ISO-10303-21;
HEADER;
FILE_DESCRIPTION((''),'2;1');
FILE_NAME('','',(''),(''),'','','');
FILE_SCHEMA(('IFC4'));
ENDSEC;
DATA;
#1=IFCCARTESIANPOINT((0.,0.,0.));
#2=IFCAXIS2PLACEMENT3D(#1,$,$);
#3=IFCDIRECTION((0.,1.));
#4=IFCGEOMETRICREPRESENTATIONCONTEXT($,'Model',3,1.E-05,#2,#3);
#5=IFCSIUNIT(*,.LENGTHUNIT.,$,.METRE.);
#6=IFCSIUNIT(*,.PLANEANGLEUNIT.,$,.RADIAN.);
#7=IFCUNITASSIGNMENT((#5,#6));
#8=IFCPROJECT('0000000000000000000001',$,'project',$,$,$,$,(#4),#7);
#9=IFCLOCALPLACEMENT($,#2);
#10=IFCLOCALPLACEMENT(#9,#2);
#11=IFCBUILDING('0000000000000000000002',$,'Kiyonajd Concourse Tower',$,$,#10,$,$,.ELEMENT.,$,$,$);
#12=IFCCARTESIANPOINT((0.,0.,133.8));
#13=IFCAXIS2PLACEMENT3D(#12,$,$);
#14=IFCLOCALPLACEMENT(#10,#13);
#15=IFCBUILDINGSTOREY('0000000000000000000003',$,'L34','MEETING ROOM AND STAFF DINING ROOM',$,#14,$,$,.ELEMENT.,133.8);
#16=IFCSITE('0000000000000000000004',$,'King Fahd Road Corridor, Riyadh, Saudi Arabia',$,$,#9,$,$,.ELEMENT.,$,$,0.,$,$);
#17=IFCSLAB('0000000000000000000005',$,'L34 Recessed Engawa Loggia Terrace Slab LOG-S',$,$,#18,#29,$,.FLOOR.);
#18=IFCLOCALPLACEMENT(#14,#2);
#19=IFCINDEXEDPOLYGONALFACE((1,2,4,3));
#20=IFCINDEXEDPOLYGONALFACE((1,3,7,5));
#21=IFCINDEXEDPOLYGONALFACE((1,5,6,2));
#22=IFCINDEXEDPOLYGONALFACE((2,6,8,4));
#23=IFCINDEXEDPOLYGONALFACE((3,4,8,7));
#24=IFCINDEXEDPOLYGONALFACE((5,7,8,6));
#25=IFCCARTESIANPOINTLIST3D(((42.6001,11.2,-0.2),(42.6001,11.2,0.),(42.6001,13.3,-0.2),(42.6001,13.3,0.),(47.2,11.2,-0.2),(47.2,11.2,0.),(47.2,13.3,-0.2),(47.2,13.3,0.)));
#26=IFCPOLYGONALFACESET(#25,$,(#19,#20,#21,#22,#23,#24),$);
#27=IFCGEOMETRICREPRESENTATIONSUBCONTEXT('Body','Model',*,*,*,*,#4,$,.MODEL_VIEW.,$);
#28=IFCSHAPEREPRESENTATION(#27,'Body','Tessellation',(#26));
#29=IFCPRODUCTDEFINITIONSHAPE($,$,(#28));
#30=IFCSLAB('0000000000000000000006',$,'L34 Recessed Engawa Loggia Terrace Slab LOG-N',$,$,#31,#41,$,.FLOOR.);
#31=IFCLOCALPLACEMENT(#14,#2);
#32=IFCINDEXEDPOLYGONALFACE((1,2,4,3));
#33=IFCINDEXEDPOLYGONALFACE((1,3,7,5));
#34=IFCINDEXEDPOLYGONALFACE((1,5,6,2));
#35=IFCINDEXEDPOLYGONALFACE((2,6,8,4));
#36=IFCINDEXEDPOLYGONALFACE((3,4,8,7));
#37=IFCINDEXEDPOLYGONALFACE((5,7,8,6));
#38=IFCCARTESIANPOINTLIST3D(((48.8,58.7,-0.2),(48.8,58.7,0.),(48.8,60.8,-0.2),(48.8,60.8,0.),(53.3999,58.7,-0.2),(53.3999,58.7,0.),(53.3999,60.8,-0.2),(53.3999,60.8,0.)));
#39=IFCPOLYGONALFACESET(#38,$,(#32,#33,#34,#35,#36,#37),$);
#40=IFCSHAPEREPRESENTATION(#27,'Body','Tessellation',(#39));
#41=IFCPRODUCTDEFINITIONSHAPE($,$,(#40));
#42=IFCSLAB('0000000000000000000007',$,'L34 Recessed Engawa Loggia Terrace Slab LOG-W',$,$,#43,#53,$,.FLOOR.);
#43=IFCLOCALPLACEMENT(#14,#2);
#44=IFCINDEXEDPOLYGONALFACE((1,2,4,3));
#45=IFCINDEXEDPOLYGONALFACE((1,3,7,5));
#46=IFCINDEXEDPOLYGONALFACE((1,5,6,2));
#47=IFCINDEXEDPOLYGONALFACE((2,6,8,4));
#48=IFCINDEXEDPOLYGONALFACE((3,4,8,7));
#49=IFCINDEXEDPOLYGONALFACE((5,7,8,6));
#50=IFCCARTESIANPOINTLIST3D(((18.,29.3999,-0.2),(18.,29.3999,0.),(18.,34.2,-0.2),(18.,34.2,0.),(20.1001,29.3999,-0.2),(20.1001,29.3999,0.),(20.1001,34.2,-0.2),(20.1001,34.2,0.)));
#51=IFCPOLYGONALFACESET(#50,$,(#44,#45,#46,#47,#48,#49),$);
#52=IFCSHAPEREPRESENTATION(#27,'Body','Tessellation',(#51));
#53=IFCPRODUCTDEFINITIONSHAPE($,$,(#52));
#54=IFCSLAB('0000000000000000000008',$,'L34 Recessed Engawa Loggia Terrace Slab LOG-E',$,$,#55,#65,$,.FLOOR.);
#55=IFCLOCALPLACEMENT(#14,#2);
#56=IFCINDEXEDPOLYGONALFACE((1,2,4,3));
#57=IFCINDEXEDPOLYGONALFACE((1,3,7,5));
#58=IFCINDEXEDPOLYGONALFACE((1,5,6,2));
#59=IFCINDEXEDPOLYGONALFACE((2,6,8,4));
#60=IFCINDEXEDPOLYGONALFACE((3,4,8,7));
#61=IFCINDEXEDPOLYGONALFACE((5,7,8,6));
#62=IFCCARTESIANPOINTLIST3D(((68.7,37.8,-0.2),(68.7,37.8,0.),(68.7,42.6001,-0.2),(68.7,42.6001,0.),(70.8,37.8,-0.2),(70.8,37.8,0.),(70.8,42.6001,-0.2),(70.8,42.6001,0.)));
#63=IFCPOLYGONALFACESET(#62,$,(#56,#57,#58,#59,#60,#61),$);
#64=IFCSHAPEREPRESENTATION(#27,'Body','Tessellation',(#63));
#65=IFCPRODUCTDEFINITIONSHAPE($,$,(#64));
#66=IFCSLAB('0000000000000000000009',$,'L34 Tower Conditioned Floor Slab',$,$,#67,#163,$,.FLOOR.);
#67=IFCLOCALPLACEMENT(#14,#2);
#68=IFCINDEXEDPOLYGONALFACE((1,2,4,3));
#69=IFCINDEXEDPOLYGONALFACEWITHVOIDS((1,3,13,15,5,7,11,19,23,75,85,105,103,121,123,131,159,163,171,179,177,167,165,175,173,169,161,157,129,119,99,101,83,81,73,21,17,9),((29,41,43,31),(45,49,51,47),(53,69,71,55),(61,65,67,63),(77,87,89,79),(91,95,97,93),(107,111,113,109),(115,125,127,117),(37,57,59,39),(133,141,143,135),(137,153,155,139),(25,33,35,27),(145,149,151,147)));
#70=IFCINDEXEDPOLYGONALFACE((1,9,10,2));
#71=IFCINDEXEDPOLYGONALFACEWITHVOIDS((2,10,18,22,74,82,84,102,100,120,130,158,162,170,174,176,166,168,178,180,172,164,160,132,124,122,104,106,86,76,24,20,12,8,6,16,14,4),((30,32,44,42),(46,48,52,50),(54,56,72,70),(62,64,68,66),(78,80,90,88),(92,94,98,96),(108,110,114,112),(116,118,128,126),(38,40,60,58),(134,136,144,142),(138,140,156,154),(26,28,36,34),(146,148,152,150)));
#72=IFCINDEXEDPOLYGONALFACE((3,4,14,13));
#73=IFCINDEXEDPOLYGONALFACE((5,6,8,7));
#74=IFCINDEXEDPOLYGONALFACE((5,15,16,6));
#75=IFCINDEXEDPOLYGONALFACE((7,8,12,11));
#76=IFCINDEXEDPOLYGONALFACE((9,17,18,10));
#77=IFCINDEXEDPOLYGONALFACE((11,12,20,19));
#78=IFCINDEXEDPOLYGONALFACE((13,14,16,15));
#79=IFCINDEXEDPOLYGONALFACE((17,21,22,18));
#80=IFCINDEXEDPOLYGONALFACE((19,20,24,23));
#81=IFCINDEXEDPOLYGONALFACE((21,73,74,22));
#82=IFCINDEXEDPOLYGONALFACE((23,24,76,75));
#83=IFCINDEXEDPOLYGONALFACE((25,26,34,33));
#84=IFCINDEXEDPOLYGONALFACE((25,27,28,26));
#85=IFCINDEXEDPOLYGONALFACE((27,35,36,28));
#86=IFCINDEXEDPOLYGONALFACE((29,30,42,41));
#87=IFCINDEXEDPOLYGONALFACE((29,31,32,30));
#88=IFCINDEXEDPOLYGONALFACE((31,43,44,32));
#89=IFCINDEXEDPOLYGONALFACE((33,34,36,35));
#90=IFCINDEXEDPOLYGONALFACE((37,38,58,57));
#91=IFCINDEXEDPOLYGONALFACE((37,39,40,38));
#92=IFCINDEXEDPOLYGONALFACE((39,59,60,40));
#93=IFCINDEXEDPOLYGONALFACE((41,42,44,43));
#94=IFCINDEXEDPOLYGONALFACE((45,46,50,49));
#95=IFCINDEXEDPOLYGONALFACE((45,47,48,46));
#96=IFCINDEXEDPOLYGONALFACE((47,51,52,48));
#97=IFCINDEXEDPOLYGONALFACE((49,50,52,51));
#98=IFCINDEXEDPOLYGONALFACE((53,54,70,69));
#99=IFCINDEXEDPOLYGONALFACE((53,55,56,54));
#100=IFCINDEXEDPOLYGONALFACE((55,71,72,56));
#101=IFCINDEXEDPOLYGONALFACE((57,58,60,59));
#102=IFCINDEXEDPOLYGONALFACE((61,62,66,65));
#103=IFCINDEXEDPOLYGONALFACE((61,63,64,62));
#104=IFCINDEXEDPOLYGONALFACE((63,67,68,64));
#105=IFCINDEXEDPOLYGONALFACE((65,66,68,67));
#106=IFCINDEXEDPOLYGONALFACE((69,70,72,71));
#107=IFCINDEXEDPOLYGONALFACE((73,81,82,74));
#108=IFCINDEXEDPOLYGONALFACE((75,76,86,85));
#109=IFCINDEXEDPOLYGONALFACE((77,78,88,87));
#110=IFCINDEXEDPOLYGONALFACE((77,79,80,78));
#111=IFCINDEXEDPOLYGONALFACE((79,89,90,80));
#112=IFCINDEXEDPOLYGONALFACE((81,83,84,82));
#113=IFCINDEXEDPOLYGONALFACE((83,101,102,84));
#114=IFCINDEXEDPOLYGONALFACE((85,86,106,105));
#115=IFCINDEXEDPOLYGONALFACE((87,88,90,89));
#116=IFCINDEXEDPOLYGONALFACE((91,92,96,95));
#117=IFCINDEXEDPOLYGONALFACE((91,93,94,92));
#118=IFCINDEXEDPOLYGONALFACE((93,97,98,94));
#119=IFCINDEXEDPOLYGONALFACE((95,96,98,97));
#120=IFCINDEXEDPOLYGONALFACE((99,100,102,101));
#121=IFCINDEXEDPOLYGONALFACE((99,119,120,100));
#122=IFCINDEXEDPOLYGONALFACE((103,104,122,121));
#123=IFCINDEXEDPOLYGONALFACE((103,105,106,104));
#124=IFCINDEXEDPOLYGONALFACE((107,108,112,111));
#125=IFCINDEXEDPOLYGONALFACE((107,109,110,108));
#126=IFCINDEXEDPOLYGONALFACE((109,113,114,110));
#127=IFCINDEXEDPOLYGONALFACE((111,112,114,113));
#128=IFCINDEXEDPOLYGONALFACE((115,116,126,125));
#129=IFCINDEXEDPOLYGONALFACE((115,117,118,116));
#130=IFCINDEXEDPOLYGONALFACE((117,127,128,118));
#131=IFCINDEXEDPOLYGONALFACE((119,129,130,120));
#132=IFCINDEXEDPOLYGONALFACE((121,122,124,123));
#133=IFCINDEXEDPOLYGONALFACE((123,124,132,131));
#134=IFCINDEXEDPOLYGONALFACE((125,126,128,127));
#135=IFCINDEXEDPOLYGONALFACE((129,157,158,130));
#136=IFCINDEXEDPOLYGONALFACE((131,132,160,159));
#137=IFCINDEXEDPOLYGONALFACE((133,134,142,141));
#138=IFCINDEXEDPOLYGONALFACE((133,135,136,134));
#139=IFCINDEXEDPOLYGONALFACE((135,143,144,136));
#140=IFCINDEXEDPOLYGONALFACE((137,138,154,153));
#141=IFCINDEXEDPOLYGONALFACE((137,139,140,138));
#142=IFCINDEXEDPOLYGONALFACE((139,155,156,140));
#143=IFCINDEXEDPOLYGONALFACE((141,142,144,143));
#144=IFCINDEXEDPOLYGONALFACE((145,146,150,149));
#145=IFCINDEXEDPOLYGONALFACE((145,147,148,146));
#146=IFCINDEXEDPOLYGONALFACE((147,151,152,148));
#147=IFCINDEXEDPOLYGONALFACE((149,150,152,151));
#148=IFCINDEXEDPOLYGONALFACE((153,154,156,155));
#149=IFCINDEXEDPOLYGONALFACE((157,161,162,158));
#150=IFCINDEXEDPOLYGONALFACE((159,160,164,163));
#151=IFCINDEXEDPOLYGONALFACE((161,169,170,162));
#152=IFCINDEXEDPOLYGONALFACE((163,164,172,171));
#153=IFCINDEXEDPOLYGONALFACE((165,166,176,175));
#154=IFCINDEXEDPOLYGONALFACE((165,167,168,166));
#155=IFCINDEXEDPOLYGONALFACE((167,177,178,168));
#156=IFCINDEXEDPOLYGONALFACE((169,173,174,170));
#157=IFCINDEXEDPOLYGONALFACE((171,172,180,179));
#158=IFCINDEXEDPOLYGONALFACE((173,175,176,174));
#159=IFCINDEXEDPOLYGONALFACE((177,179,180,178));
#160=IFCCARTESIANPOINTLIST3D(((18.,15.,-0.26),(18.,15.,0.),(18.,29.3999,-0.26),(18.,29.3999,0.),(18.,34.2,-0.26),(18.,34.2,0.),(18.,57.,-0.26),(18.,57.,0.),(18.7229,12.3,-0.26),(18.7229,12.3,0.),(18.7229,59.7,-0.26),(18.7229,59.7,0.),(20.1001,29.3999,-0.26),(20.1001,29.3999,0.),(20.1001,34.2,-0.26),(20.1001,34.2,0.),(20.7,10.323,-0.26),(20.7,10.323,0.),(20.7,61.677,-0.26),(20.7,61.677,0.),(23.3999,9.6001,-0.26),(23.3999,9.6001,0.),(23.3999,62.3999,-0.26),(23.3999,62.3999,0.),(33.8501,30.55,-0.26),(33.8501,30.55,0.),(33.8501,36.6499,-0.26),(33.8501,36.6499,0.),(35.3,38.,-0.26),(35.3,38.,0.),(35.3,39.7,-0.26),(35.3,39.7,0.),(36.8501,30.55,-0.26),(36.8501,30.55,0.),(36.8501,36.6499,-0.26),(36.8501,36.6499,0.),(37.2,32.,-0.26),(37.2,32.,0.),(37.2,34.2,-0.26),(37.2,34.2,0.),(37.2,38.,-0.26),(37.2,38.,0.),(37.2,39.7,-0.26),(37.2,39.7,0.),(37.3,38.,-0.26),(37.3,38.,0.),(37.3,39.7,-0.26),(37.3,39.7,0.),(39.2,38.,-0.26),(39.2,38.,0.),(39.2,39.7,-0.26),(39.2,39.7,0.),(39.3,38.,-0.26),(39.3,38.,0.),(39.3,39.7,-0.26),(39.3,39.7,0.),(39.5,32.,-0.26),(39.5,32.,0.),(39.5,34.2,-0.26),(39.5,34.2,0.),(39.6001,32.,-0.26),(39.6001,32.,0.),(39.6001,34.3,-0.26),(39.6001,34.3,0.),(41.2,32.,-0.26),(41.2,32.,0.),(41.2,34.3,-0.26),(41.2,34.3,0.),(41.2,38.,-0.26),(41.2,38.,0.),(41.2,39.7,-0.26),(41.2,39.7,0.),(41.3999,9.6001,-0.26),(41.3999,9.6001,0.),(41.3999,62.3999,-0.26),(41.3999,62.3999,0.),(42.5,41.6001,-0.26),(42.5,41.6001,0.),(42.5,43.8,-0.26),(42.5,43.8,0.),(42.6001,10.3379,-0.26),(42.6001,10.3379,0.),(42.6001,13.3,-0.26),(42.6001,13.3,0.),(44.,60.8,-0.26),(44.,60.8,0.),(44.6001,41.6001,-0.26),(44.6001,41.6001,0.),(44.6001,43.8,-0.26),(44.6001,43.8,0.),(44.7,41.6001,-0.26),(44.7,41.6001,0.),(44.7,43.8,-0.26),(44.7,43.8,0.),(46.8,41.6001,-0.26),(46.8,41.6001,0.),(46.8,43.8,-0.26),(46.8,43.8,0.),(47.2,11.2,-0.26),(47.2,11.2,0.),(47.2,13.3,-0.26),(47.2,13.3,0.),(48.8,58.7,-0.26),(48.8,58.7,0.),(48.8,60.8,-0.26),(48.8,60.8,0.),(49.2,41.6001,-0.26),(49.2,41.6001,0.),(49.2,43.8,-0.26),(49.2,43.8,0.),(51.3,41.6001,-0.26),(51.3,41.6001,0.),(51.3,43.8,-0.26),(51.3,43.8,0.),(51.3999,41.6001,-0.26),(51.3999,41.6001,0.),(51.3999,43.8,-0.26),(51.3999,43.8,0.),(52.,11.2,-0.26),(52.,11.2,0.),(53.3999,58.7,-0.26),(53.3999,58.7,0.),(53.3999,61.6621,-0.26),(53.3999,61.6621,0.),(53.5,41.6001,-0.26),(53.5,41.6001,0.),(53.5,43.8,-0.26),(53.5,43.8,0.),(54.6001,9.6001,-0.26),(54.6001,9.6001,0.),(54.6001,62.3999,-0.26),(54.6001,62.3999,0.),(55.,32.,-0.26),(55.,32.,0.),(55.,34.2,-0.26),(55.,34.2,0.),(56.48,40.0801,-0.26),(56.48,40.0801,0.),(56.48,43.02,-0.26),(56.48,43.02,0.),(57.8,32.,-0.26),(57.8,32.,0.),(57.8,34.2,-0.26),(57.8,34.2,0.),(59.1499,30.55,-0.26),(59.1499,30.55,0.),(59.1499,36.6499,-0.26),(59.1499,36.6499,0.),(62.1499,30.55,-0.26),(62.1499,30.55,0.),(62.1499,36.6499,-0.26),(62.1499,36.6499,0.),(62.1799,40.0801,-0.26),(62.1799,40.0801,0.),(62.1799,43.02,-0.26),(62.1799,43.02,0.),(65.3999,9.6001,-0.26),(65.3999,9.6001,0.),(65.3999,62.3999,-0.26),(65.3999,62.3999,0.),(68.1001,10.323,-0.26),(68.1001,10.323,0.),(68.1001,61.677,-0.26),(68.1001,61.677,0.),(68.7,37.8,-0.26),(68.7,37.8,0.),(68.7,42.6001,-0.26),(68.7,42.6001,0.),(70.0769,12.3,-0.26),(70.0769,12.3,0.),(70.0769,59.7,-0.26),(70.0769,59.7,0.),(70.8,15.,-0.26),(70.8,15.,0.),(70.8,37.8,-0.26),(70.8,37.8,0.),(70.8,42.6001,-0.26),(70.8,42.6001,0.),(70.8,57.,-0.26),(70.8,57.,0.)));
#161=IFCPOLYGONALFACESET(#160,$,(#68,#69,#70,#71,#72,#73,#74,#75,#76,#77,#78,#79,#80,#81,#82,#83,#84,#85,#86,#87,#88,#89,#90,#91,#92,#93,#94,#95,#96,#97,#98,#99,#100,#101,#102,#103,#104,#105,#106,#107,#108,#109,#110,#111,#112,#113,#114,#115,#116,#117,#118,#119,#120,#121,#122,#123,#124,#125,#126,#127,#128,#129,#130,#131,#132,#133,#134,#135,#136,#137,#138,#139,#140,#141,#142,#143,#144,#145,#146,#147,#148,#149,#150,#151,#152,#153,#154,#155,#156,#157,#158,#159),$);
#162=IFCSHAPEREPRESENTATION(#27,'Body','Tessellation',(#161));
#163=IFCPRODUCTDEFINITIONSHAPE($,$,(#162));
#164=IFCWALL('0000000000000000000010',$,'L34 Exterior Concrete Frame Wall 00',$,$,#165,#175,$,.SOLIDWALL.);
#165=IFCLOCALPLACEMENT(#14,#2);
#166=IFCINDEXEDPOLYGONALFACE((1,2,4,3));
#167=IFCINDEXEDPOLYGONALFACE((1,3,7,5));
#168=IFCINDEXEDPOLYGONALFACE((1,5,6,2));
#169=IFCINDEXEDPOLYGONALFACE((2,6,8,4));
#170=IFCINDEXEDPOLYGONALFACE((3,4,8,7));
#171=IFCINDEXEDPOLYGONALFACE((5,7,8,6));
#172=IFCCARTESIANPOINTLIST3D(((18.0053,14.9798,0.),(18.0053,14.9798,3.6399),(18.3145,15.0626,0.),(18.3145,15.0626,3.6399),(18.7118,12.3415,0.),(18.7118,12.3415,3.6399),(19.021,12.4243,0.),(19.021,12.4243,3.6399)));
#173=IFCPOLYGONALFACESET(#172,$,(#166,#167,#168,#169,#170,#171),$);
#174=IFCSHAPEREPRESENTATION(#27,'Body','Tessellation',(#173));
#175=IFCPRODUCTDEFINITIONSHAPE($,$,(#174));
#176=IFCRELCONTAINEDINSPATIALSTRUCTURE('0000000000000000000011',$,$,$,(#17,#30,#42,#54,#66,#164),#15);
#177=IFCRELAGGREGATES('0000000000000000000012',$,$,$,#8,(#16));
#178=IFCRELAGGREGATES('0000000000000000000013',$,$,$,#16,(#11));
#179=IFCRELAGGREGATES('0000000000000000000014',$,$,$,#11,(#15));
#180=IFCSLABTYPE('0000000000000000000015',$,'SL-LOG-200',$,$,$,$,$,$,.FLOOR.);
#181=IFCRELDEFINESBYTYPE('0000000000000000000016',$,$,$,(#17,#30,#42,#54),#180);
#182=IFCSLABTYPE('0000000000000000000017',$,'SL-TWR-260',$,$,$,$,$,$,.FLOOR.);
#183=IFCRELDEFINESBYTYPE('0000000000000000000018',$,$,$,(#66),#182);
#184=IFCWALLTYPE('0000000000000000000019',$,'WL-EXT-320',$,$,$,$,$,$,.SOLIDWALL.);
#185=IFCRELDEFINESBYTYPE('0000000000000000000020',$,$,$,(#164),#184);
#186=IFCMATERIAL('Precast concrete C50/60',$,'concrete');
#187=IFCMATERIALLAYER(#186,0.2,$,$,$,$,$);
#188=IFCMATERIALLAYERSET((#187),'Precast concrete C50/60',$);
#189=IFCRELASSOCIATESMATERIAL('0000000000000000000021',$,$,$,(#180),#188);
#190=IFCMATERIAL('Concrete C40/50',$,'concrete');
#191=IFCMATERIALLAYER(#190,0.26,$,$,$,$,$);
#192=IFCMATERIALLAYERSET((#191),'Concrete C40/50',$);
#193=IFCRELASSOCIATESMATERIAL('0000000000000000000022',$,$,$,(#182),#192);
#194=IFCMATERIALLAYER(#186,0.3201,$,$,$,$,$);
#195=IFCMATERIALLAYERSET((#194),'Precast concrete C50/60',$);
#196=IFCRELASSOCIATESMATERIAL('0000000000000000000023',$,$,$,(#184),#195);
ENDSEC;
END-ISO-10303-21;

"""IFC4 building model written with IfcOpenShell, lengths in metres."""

from ifc_helpers import new_model, si_unit, direction, frame, frame_2d, origin, place, context, subcontext, project, spatial, polyline, rectangle, outline, extrude, material, layer, layer_set, type_object, element, save


model = new_model("IFC4")

# Units and contexts
model_context = context("Model", 3, precision=1e-05, world=origin(), true_north=direction((0.0, 1.0)))
body_context = subcontext(model_context, "Body", "Model", "MODEL_VIEW")
ifc_project = project(units=[si_unit("LENGTHUNIT", "METRE"), si_unit("PLANEANGLEUNIT", "RADIAN")], contexts=[model_context])

# Site, building, storey
site_placement = place(None, origin())
site = spatial("IfcSite", under=ifc_project, at=site_placement, Name="King Fahd Road Corridor, Riyadh, Saudi Arabia", CompositionType="ELEMENT", RefElevation=0.0)
building_placement = place(site_placement, origin())
building = spatial("IfcBuilding", under=site, at=building_placement, Name="Kiyonajd Concourse Tower", CompositionType="ELEMENT")
storey_placement = place(building_placement, frame((0.0, 0.0, 133.8)))
storey = spatial("IfcBuildingStorey", under=building, at=storey_placement, Name="L34", Description="MEETING ROOM AND STAFF DINING ROOM", CompositionType="ELEMENT", Elevation=133.8)

# Shared definitions
ifc_material_1 = material(Name="Precast concrete C50/60", Category="concrete")

# Shared definitions
ifc_material_2 = material(Name="Concrete C40/50", Category="concrete")

# Slabs
ifc_layer_1 = layer(ifc_material_1, 0.2)
ifc_layer_set_1 = layer_set([ifc_layer_1], Name="Precast concrete C50/60")
slab_type_1 = type_object("IfcSlabType", Name="SL-LOG-200", PredefinedType="FLOOR", material=ifc_layer_set_1)
slab_1_placement = place(storey_placement, frame((0.0, 0.0, -0.2)))
element("IfcSlab", 1, at=slab_1_placement, inside=storey, type_object=slab_type_1, Name="L34 Recessed Engawa Loggia Terrace Slab LOG-S", PredefinedType="FLOOR", context=body_context, shape_type="SweptSolid", body=[
    extrude(outline(polyline([(42.6001, 11.2), (47.2, 11.2), (47.2, 13.3), (42.6001, 13.3), (42.6001, 11.2)])), origin(), (0.0, 0.0, 1.0), 0.2),
])
slab_2_placement = place(storey_placement, frame((0.0, 0.0, -0.2)))
element("IfcSlab", 2, at=slab_2_placement, inside=storey, type_object=slab_type_1, Name="L34 Recessed Engawa Loggia Terrace Slab LOG-N", PredefinedType="FLOOR", context=body_context, shape_type="SweptSolid", body=[
    extrude(outline(polyline([(48.8, 58.7), (53.3999, 58.7), (53.3999, 60.8), (48.8, 60.8), (48.8, 58.7)])), origin(), (0.0, 0.0, 1.0), 0.2),
])
slab_3_placement = place(storey_placement, frame((0.0, 0.0, -0.2)))
element("IfcSlab", 3, at=slab_3_placement, inside=storey, type_object=slab_type_1, Name="L34 Recessed Engawa Loggia Terrace Slab LOG-W", PredefinedType="FLOOR", context=body_context, shape_type="SweptSolid", body=[
    extrude(outline(polyline([(18.0, 29.3999), (20.1001, 29.3999), (20.1001, 34.2), (18.0, 34.2), (18.0, 29.3999)])), origin(), (0.0, 0.0, 1.0), 0.2),
])
slab_4_placement = place(storey_placement, frame((0.0, 0.0, -0.2)))
element("IfcSlab", 4, at=slab_4_placement, inside=storey, type_object=slab_type_1, Name="L34 Recessed Engawa Loggia Terrace Slab LOG-E", PredefinedType="FLOOR", context=body_context, shape_type="SweptSolid", body=[
    extrude(outline(polyline([(68.7, 37.8), (70.8, 37.8), (70.8, 42.6001), (68.7, 42.6001), (68.7, 37.8)])), origin(), (0.0, 0.0, 1.0), 0.2),
])
ifc_layer_2 = layer(ifc_material_2, 0.26)
ifc_layer_set_2 = layer_set([ifc_layer_2], Name="Concrete C40/50")
slab_type_2 = type_object("IfcSlabType", Name="SL-TWR-260", PredefinedType="FLOOR", material=ifc_layer_set_2)
slab_5_placement = place(storey_placement, frame((0.0, 0.0, -0.26)))
element("IfcSlab", 5, at=slab_5_placement, inside=storey, type_object=slab_type_2, Name="L34 Tower Conditioned Floor Slab", PredefinedType="FLOOR", context=body_context, shape_type="SweptSolid", body=[
    extrude(outline(polyline([(18.7229, 12.3), (18.0, 15.0), (18.0, 29.3999), (20.1001, 29.3999), (20.1001, 34.2), (18.0, 34.2), (18.0, 57.0), (18.7229, 59.7), (20.7, 61.677), (23.3999, 62.3999), (41.3999, 62.3999), (44.0, 60.8), (48.8, 60.8), (48.8, 58.7), (53.3999, 58.7), (53.3999, 61.6621), (54.6001, 62.3999), (65.3999, 62.3999), (68.1001, 61.677), (70.0769, 59.7), (70.8, 57.0), (70.8, 42.6001), (68.7, 42.6001), (68.7, 37.8), (70.8, 37.8), (70.8, 15.0), (70.0769, 12.3), (68.1001, 10.323), (65.3999, 9.6001), (54.6001, 9.6001), (52.0, 11.2), (47.2, 11.2), (47.2, 13.3), (42.6001, 13.3), (42.6001, 10.3379), (41.3999, 9.6001), (23.3999, 9.6001), (20.7, 10.323), (18.7229, 12.3)]), holes=[polyline([(39.5, 32.0), (37.2, 32.0), (37.2, 34.2), (39.5, 34.2), (39.5, 32.0)]), polyline([(39.6001, 32.0), (39.6001, 34.3), (41.2, 34.3), (41.2, 32.0), (39.6001, 32.0)]), polyline([(33.8501, 30.55), (33.8501, 36.6499), (36.8501, 36.6499), (36.8501, 30.55), (33.8501, 30.55)]), polyline([(37.2, 38.0), (35.3, 38.0), (35.3, 39.7), (37.2, 39.7), (37.2, 38.0)]), polyline([(37.3, 38.0), (37.3, 39.7), (39.2, 39.7), (39.2, 38.0), (37.3, 38.0)]), polyline([(39.3, 38.0), (39.3, 39.7), (41.2, 39.7), (41.2, 38.0), (39.3, 38.0)]), polyline([(44.6001, 41.6001), (42.5, 41.6001), (42.5, 43.8), (44.6001, 43.8), (44.6001, 41.6001)]), polyline([(55.0, 32.0), (55.0, 34.2), (57.8, 34.2), (57.8, 32.0), (55.0, 32.0)]), polyline([(59.1499, 30.55), (59.1499, 36.6499), (62.1499, 36.6499), (62.1499, 30.55), (59.1499, 30.55)]), polyline([(56.48, 43.02), (62.1799, 43.02), (62.1799, 40.0801), (56.48, 40.0801), (56.48, 43.02)]), polyline([(44.7, 41.6001), (44.7, 43.8), (46.8, 43.8), (46.8, 41.6001), (44.7, 41.6001)]), polyline([(49.2, 41.6001), (49.2, 43.8), (51.3, 43.8), (51.3, 41.6001), (49.2, 41.6001)]), polyline([(51.3999, 41.6001), (51.3999, 43.8), (53.5, 43.8), (53.5, 41.6001), (51.3999, 41.6001)])]), origin(), (0.0, 0.0, 1.0), 0.26),
])

# Wall
ifc_layer_3 = layer(ifc_material_1, 0.3201)
ifc_layer_set_3 = layer_set([ifc_layer_3], Name="Precast concrete C50/60")
wall_type_1 = type_object("IfcWallType", Name="WL-EXT-320", PredefinedType="SOLIDWALL", material=ifc_layer_set_3)
wall_1_placement = place(storey_placement, frame((18.8665, 12.3828, 0.0), z_axis=(0.0, 0.0, 1.0), x_axis=(-0.258697, 0.965958, 0.0)))
element("IfcWall", 6, at=wall_1_placement, inside=storey, type_object=wall_type_1, Name="L34 Exterior Concrete Frame Wall 00", PredefinedType="SOLIDWALL", context=body_context, shape_type="SweptSolid", body=[
    extrude(rectangle(XDim=2.7312, YDim=0.3201, at=frame_2d((1.3657, 0.0))), origin(), (0.0, 0.0, 1.0), 3.6399),
])

save(model, "model.ifc")
